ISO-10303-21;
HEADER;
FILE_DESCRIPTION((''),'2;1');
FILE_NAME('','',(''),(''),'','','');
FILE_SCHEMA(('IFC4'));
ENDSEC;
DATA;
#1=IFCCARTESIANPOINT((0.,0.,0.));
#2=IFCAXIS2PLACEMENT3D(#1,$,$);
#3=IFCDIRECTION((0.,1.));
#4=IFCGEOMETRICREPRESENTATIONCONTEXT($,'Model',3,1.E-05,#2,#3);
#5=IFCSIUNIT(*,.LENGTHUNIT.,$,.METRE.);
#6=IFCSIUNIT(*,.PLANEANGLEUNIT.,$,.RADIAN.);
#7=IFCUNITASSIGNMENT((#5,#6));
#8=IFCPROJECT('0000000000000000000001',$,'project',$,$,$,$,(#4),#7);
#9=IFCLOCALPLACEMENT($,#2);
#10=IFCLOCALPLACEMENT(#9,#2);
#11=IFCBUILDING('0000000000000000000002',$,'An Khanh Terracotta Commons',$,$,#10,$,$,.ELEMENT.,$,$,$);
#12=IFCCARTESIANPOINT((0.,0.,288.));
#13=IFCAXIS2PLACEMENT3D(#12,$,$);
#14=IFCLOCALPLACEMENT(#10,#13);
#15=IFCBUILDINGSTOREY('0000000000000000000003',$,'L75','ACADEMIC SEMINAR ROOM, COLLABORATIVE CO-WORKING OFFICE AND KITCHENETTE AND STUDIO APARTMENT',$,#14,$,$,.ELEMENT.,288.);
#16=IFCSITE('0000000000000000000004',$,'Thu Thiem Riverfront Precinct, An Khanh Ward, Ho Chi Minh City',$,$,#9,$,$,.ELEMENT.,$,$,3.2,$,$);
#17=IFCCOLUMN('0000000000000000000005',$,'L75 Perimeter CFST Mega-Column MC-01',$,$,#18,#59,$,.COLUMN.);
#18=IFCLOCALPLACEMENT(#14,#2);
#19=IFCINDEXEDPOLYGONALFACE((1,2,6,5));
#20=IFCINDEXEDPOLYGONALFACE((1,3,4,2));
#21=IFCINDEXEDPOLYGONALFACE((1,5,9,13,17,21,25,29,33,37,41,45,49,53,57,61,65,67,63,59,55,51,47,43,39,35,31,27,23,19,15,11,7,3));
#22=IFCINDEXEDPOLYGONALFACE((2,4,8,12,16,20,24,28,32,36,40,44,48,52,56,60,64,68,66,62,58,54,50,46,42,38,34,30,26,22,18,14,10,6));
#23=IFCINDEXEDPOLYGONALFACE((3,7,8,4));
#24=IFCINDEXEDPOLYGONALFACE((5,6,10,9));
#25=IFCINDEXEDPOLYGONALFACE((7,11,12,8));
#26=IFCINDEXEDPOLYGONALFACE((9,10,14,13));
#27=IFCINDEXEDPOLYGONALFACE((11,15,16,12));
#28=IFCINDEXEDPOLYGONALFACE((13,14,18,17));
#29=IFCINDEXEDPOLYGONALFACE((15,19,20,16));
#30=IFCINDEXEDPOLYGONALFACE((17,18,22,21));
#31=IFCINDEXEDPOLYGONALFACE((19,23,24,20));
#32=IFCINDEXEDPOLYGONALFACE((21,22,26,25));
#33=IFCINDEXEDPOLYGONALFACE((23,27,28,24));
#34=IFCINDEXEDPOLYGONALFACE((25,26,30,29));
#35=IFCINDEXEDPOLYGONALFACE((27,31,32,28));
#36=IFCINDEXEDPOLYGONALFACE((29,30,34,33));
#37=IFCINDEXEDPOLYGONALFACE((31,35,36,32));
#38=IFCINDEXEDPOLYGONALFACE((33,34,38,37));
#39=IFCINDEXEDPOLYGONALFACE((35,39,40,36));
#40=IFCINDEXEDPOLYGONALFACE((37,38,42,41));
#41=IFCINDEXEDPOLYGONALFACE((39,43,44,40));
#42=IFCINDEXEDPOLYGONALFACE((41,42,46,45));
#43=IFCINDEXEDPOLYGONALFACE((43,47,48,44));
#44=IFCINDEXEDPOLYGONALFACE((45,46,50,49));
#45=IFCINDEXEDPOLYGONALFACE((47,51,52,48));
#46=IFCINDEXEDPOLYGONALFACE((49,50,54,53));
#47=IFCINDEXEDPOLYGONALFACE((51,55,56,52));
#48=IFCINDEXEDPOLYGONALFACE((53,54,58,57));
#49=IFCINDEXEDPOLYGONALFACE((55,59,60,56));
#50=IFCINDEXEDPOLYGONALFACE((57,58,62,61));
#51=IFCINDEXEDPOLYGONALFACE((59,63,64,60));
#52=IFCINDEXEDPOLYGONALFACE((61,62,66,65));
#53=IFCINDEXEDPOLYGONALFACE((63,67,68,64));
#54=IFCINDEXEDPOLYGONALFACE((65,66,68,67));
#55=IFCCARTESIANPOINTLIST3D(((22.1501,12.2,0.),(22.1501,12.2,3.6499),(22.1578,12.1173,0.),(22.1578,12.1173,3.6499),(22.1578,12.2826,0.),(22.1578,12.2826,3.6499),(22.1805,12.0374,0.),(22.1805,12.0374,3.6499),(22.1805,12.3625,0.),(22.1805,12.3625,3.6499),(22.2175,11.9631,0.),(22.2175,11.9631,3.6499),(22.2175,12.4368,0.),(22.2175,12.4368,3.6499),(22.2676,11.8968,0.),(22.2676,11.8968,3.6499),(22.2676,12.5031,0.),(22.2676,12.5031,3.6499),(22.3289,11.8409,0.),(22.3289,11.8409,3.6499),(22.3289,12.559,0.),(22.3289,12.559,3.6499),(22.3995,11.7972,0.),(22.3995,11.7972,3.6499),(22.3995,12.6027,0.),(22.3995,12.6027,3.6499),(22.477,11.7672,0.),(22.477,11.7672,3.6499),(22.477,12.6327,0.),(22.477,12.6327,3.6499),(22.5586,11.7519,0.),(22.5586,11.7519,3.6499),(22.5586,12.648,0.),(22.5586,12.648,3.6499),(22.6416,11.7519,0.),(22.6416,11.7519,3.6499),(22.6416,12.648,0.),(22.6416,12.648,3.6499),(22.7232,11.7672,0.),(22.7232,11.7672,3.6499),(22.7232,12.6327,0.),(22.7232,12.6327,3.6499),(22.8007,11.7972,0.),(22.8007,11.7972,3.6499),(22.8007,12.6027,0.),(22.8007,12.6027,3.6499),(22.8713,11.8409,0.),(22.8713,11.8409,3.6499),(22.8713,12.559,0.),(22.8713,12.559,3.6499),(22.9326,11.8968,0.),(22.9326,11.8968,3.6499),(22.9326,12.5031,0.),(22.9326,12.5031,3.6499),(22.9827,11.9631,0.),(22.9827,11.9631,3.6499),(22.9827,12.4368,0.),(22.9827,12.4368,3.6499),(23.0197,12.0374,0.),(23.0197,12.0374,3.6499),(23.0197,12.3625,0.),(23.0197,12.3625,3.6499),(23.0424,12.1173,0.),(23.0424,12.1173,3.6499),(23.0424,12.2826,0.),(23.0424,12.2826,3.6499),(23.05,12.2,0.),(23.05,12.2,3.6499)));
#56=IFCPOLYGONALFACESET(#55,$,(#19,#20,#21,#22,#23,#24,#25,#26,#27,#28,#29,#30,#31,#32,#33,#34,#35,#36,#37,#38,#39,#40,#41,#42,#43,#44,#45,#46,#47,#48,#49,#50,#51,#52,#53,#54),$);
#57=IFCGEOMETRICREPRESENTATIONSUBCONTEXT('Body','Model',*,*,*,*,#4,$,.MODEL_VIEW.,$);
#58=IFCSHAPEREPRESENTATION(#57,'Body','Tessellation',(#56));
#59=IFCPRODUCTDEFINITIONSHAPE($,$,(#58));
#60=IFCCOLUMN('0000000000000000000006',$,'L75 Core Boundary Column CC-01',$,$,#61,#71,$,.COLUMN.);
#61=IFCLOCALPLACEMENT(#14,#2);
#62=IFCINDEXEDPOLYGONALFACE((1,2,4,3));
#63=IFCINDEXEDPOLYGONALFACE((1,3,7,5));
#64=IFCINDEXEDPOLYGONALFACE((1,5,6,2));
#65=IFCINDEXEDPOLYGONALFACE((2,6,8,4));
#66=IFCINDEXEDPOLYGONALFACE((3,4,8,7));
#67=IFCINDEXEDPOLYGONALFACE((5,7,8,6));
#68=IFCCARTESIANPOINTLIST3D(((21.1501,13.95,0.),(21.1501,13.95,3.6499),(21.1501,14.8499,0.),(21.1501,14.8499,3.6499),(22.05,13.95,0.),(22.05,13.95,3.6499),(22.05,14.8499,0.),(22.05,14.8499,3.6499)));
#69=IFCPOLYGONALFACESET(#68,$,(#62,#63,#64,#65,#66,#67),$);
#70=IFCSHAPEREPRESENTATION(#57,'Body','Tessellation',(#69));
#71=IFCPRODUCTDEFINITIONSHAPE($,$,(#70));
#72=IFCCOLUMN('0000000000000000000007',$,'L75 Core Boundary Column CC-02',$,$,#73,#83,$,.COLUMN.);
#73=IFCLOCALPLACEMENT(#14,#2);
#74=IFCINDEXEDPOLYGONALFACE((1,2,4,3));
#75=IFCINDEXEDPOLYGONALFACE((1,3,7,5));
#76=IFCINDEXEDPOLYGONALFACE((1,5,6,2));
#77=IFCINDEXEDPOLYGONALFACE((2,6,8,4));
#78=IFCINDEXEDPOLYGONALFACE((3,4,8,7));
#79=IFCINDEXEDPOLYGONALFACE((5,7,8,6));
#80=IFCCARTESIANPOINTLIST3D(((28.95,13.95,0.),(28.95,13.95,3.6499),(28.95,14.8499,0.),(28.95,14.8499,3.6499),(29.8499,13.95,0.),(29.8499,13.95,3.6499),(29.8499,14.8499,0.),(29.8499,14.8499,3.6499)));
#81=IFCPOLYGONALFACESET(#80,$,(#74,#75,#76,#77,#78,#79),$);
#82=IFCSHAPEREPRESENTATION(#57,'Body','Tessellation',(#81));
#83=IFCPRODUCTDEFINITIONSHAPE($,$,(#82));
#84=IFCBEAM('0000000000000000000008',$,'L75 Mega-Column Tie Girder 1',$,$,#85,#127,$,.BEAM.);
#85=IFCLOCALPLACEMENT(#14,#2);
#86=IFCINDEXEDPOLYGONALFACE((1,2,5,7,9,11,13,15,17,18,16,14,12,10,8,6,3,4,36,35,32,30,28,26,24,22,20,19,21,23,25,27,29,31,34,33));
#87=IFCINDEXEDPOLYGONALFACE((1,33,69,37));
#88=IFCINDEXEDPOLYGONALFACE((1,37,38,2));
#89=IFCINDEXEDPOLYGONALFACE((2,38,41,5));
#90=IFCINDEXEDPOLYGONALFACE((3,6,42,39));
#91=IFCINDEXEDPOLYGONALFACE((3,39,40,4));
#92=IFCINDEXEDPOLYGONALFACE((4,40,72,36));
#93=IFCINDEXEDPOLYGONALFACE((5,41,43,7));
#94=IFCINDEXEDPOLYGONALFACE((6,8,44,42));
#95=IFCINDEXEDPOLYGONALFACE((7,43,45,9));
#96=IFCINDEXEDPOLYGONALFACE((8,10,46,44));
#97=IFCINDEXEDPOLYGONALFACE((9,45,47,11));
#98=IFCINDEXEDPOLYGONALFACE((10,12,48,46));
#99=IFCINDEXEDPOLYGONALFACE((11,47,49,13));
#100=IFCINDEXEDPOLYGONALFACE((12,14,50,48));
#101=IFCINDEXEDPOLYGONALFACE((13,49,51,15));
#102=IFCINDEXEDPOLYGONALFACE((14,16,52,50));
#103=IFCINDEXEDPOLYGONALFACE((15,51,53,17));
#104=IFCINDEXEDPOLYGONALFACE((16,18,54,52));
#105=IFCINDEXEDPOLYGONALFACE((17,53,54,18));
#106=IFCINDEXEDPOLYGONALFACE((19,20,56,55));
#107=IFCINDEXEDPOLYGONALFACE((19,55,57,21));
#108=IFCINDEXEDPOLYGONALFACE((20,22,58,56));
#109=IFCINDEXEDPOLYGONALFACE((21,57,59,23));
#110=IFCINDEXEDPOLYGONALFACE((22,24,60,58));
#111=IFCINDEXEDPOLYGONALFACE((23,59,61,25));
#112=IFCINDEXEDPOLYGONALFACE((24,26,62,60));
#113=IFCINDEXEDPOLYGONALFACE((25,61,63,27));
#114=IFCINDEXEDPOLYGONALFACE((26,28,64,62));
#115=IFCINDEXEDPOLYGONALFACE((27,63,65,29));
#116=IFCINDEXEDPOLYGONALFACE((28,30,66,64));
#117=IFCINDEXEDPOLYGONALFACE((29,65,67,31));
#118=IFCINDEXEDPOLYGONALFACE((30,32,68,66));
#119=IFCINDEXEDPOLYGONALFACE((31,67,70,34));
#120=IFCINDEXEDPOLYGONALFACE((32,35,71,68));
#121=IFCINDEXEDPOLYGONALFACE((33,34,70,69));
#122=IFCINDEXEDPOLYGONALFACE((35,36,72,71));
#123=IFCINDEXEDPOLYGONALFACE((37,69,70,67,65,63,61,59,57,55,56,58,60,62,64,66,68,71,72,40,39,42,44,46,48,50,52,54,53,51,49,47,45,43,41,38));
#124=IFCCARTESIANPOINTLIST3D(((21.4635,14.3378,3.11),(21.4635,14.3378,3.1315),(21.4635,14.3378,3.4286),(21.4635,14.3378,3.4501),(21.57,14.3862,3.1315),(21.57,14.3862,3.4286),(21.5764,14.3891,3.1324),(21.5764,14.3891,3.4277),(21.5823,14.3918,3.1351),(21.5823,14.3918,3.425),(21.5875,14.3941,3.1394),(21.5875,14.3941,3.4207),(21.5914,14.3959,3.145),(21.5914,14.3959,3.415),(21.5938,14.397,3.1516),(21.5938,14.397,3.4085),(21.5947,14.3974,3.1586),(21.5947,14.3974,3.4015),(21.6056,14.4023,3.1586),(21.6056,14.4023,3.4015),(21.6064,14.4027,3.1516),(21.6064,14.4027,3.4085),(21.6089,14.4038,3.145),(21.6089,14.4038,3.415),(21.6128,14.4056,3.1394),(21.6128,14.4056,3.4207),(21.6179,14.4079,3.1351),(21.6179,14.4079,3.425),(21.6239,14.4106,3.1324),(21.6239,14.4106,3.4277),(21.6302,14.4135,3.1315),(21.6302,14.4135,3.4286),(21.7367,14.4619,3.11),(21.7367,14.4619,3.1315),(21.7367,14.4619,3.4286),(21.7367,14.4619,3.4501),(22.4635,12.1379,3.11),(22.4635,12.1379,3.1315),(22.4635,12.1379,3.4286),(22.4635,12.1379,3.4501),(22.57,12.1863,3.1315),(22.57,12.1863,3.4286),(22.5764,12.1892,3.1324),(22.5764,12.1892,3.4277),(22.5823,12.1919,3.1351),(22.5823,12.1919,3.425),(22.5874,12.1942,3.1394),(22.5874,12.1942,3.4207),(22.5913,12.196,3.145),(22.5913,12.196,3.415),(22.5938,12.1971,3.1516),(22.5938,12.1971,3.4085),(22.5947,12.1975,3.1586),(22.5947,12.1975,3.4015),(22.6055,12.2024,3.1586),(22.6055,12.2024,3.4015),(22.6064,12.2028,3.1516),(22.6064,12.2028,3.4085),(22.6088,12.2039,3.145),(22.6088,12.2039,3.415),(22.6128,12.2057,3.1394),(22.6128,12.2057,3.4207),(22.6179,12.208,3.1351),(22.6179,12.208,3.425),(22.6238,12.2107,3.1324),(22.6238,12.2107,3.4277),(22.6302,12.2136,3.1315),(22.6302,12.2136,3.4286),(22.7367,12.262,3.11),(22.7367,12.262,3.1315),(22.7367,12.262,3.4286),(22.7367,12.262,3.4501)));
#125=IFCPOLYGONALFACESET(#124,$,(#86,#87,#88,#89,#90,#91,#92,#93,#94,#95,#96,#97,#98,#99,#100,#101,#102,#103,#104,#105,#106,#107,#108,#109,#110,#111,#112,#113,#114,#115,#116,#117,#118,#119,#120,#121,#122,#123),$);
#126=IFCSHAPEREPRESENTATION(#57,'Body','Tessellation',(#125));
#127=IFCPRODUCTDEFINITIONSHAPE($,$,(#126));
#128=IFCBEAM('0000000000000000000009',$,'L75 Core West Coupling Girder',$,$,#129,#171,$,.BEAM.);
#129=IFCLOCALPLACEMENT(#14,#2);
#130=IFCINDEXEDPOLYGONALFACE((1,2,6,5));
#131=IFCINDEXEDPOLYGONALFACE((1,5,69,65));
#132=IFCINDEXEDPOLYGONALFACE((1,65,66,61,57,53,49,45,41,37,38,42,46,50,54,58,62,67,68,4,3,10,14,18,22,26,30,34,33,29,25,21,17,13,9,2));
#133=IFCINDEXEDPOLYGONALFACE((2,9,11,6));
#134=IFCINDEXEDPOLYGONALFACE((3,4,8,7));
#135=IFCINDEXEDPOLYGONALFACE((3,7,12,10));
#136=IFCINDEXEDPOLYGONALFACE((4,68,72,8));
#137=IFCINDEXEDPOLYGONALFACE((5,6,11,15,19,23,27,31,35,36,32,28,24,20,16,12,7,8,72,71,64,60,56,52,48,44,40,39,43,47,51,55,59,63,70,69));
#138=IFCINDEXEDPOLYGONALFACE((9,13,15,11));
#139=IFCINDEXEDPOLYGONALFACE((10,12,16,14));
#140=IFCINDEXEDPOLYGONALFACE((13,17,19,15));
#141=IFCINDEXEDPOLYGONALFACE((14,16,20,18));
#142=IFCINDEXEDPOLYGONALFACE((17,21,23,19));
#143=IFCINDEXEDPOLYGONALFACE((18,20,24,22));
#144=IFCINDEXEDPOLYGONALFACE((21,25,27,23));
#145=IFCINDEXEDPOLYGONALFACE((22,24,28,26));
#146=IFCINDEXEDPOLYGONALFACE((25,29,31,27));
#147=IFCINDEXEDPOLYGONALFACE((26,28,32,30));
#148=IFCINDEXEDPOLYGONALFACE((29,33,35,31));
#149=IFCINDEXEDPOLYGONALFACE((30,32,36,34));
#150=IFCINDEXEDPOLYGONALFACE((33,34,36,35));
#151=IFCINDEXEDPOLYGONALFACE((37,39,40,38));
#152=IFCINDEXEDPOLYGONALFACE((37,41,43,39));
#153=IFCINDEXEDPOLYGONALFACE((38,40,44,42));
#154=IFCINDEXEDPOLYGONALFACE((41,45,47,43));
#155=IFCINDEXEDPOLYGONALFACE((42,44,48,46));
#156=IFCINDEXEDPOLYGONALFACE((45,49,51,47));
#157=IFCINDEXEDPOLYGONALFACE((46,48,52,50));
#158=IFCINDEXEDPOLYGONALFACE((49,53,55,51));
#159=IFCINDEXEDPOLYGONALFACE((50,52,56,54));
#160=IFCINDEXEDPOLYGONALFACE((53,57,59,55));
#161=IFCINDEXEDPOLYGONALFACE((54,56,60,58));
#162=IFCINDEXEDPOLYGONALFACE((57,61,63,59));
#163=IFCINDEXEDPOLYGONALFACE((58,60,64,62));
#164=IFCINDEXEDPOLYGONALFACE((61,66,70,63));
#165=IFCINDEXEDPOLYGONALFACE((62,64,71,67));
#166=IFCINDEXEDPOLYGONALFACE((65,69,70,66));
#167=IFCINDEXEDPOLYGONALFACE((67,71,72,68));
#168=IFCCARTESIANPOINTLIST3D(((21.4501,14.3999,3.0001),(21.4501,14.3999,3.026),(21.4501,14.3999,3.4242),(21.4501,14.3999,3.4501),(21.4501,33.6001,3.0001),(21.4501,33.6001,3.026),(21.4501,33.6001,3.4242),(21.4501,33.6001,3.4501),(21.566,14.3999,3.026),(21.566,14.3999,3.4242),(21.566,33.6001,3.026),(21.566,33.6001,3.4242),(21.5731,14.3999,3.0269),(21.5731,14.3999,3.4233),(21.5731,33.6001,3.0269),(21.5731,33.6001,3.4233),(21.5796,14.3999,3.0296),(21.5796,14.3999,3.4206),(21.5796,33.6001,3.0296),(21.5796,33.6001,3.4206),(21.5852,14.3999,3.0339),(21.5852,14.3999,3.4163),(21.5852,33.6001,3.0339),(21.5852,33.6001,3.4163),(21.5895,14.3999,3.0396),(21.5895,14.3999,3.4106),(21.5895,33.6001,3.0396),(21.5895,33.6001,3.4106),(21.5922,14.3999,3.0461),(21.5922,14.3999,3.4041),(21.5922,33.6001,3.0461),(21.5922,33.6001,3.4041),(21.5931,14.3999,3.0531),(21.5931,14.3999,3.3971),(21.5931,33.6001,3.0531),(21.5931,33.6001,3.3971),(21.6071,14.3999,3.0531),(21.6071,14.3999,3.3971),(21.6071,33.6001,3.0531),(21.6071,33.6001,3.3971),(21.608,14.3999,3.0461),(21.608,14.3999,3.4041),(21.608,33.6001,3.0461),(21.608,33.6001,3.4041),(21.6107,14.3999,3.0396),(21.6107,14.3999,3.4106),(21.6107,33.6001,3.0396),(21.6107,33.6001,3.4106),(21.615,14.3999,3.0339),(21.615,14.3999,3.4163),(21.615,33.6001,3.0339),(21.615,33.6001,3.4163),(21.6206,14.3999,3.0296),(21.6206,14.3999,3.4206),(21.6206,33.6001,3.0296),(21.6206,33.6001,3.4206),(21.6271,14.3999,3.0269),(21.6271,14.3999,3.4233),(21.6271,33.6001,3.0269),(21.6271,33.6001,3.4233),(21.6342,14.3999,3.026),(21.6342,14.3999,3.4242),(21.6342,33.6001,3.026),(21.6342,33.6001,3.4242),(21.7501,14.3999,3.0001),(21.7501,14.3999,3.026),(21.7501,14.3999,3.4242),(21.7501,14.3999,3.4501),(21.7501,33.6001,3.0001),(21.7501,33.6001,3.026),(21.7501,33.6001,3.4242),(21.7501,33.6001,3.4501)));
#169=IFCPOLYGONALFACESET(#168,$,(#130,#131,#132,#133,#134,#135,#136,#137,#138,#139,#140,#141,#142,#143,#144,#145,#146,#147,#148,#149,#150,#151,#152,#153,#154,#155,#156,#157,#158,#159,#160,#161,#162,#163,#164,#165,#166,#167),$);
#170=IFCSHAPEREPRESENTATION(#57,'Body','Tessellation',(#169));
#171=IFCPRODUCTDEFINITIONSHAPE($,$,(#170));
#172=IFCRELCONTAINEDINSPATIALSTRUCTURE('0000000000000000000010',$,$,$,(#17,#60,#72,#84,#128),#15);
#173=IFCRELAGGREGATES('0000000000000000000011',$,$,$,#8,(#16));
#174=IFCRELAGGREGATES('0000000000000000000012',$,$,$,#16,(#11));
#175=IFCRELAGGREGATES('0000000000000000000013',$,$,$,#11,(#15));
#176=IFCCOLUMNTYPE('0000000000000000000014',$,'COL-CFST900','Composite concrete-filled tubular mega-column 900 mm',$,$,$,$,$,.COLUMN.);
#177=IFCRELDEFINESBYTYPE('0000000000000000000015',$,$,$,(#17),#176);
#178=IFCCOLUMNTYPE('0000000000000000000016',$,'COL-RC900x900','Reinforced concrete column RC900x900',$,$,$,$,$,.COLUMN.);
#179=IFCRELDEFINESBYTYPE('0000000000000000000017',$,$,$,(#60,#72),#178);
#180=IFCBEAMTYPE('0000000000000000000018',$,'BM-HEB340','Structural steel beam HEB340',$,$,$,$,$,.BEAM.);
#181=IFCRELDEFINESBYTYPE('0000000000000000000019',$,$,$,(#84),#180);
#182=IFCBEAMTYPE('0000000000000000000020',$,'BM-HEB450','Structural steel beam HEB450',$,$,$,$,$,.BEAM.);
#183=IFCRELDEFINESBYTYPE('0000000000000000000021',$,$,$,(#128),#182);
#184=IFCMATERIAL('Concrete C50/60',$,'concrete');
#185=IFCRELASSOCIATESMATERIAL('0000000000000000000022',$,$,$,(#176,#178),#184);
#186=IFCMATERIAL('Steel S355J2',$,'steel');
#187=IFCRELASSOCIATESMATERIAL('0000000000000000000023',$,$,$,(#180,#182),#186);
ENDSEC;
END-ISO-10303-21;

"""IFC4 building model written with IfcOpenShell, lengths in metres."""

from ifc_helpers import new_model, si_unit, direction, frame, origin, origin_2d, place, context, subcontext, project, spatial, rectangle, circle, i_section, extrude, material, material_profile, profile_set, type_object, element, save


model = new_model("IFC4")

# Units and contexts
model_context = context("Model", 3, precision=1e-05, world=origin(), true_north=direction((0.0, 1.0)))
body_context = subcontext(model_context, "Body", "Model", "MODEL_VIEW")
ifc_project = project(units=[si_unit("LENGTHUNIT", "METRE"), si_unit("PLANEANGLEUNIT", "RADIAN")], contexts=[model_context])

# Site, building, storey
site_placement = place(None, origin())
site = spatial("IfcSite", under=ifc_project, at=site_placement, Name="Thu Thiem Riverfront Precinct, An Khanh Ward, Ho Chi Minh City", CompositionType="ELEMENT", RefElevation=3.2)
building_placement = place(site_placement, origin())
building = spatial("IfcBuilding", under=site, at=building_placement, Name="An Khanh Terracotta Commons", CompositionType="ELEMENT")
storey_placement = place(building_placement, frame((0.0, 0.0, 288.0)))
storey = spatial("IfcBuildingStorey", under=building, at=storey_placement, Name="L75", Description="ACADEMIC SEMINAR ROOM, COLLABORATIVE CO-WORKING OFFICE AND KITCHENETTE AND STUDIO APARTMENT", CompositionType="ELEMENT", Elevation=288.0)

# Columns
ifc_material_1 = material(Name="Concrete C50/60", Category="concrete")
ifc_material_profile_1 = material_profile(ifc_material_1, circle(Radius=0.45, at=origin_2d()), Name="CFST900")
ifc_profile_set_1 = profile_set([ifc_material_profile_1], Name="Concrete C50/60")
column_type_1 = type_object("IfcColumnType", Name="COL-CFST900", Description="Composite concrete-filled tubular mega-column 900 mm", PredefinedType="COLUMN", material=ifc_profile_set_1)
column_placement = place(storey_placement, frame((22.6001, 12.2, 0.0), z_axis=(0.0, 0.0, 1.0), x_axis=(1.0, 0.0, 0.0)))
element("IfcColumn", 1, at=column_placement, inside=storey, type_object=column_type_1, Name="L75 Perimeter CFST Mega-Column MC-01", PredefinedType="COLUMN", context=body_context, shape_type="SweptSolid", body=[
    extrude(circle(Radius=0.45, at=origin_2d()), origin(), (0.0, 0.0, 1.0), 3.6499),
])
ifc_material_profile_2 = material_profile(ifc_material_1, rectangle(XDim=0.8999, YDim=0.8999, at=origin_2d()), Name="RC900x900")
ifc_profile_set_2 = profile_set([ifc_material_profile_2], Name="Concrete C50/60")
column_type_2 = type_object("IfcColumnType", Name="COL-RC900x900", Description="Reinforced concrete column RC900x900", PredefinedType="COLUMN", material=ifc_profile_set_2)
for number, where, z_axis, x_axis, name in (
    (2, (21.6001, 14.3999, 0.0), (0.0, 0.0, 1.0), (1.0, 0.0, 0.0), "L75 Core Boundary Column CC-01"),
    (3, (29.3999, 14.3999, 0.0), (0.0, 0.0, 1.0), (1.0, 0.0, 0.0), "L75 Core Boundary Column CC-02"),
):
    element("IfcColumn", number, at=place(storey_placement, frame(where, z_axis=z_axis, x_axis=x_axis)), inside=storey, type_object=column_type_2, Name=name, PredefinedType="COLUMN", context=body_context, shape_type="SweptSolid", body=[
        extrude(rectangle(XDim=0.8999, YDim=0.8999, at=origin_2d()), origin(), (0.0, 0.0, 1.0), 3.6499),
    ])

# Beams
ifc_material_2 = material(Name="Steel S355J2", Category="steel")
ifc_material_profile_3 = material_profile(ifc_material_2, i_section(OverallWidth=0.3, OverallDepth=0.3401, WebThickness=0.012, FlangeThickness=0.0215, FilletRadius=0.0271, at=origin_2d()), Name="HEB340")
ifc_profile_set_3 = profile_set([ifc_material_profile_3], Name="Steel S355J2")
beam_type_1 = type_object("IfcBeamType", Name="BM-HEB340", Description="Structural steel beam HEB340", PredefinedType="BEAM", material=ifc_profile_set_3)
beam_1_placement = place(storey_placement, frame((22.6001, 12.2, 3.28), z_axis=(-0.413811, 0.910363, 0.0), x_axis=(-0.910363, -0.413811, 0.0)))
element("IfcBeam", 4, at=beam_1_placement, inside=storey, type_object=beam_type_1, Name="L75 Mega-Column Tie Girder 1", PredefinedType="BEAM", context=body_context, shape_type="SweptSolid", body=[
    extrude(i_section(OverallWidth=0.3, OverallDepth=0.3401, WebThickness=0.012, FlangeThickness=0.0215, FilletRadius=0.0271, at=origin_2d()), origin(), (0.0, 0.0, 1.0), 2.4165),
])
ifc_material_profile_4 = material_profile(ifc_material_2, i_section(OverallWidth=0.3, OverallDepth=0.45, WebThickness=0.0139, FlangeThickness=0.0259, FilletRadius=0.0271, at=origin_2d()), Name="HEB450")
ifc_profile_set_4 = profile_set([ifc_material_profile_4], Name="Steel S355J2")
beam_type_2 = type_object("IfcBeamType", Name="BM-HEB450", Description="Structural steel beam HEB450", PredefinedType="BEAM", material=ifc_profile_set_4)
beam_2_placement = place(storey_placement, frame((21.6001, 14.3999, 3.2251), z_axis=(0.0, 1.0, 0.0), x_axis=(-1.0, 0.0, 0.0)))
element("IfcBeam", 5, at=beam_2_placement, inside=storey, type_object=beam_type_2, Name="L75 Core West Coupling Girder", PredefinedType="BEAM", context=body_context, shape_type="SweptSolid", body=[
    extrude(i_section(OverallWidth=0.3, OverallDepth=0.45, WebThickness=0.0139, FlangeThickness=0.0259, FilletRadius=0.0271, at=origin_2d()), origin(), (0.0, 0.0, 1.0), 19.2002),
])

save(model, "model.ifc")
